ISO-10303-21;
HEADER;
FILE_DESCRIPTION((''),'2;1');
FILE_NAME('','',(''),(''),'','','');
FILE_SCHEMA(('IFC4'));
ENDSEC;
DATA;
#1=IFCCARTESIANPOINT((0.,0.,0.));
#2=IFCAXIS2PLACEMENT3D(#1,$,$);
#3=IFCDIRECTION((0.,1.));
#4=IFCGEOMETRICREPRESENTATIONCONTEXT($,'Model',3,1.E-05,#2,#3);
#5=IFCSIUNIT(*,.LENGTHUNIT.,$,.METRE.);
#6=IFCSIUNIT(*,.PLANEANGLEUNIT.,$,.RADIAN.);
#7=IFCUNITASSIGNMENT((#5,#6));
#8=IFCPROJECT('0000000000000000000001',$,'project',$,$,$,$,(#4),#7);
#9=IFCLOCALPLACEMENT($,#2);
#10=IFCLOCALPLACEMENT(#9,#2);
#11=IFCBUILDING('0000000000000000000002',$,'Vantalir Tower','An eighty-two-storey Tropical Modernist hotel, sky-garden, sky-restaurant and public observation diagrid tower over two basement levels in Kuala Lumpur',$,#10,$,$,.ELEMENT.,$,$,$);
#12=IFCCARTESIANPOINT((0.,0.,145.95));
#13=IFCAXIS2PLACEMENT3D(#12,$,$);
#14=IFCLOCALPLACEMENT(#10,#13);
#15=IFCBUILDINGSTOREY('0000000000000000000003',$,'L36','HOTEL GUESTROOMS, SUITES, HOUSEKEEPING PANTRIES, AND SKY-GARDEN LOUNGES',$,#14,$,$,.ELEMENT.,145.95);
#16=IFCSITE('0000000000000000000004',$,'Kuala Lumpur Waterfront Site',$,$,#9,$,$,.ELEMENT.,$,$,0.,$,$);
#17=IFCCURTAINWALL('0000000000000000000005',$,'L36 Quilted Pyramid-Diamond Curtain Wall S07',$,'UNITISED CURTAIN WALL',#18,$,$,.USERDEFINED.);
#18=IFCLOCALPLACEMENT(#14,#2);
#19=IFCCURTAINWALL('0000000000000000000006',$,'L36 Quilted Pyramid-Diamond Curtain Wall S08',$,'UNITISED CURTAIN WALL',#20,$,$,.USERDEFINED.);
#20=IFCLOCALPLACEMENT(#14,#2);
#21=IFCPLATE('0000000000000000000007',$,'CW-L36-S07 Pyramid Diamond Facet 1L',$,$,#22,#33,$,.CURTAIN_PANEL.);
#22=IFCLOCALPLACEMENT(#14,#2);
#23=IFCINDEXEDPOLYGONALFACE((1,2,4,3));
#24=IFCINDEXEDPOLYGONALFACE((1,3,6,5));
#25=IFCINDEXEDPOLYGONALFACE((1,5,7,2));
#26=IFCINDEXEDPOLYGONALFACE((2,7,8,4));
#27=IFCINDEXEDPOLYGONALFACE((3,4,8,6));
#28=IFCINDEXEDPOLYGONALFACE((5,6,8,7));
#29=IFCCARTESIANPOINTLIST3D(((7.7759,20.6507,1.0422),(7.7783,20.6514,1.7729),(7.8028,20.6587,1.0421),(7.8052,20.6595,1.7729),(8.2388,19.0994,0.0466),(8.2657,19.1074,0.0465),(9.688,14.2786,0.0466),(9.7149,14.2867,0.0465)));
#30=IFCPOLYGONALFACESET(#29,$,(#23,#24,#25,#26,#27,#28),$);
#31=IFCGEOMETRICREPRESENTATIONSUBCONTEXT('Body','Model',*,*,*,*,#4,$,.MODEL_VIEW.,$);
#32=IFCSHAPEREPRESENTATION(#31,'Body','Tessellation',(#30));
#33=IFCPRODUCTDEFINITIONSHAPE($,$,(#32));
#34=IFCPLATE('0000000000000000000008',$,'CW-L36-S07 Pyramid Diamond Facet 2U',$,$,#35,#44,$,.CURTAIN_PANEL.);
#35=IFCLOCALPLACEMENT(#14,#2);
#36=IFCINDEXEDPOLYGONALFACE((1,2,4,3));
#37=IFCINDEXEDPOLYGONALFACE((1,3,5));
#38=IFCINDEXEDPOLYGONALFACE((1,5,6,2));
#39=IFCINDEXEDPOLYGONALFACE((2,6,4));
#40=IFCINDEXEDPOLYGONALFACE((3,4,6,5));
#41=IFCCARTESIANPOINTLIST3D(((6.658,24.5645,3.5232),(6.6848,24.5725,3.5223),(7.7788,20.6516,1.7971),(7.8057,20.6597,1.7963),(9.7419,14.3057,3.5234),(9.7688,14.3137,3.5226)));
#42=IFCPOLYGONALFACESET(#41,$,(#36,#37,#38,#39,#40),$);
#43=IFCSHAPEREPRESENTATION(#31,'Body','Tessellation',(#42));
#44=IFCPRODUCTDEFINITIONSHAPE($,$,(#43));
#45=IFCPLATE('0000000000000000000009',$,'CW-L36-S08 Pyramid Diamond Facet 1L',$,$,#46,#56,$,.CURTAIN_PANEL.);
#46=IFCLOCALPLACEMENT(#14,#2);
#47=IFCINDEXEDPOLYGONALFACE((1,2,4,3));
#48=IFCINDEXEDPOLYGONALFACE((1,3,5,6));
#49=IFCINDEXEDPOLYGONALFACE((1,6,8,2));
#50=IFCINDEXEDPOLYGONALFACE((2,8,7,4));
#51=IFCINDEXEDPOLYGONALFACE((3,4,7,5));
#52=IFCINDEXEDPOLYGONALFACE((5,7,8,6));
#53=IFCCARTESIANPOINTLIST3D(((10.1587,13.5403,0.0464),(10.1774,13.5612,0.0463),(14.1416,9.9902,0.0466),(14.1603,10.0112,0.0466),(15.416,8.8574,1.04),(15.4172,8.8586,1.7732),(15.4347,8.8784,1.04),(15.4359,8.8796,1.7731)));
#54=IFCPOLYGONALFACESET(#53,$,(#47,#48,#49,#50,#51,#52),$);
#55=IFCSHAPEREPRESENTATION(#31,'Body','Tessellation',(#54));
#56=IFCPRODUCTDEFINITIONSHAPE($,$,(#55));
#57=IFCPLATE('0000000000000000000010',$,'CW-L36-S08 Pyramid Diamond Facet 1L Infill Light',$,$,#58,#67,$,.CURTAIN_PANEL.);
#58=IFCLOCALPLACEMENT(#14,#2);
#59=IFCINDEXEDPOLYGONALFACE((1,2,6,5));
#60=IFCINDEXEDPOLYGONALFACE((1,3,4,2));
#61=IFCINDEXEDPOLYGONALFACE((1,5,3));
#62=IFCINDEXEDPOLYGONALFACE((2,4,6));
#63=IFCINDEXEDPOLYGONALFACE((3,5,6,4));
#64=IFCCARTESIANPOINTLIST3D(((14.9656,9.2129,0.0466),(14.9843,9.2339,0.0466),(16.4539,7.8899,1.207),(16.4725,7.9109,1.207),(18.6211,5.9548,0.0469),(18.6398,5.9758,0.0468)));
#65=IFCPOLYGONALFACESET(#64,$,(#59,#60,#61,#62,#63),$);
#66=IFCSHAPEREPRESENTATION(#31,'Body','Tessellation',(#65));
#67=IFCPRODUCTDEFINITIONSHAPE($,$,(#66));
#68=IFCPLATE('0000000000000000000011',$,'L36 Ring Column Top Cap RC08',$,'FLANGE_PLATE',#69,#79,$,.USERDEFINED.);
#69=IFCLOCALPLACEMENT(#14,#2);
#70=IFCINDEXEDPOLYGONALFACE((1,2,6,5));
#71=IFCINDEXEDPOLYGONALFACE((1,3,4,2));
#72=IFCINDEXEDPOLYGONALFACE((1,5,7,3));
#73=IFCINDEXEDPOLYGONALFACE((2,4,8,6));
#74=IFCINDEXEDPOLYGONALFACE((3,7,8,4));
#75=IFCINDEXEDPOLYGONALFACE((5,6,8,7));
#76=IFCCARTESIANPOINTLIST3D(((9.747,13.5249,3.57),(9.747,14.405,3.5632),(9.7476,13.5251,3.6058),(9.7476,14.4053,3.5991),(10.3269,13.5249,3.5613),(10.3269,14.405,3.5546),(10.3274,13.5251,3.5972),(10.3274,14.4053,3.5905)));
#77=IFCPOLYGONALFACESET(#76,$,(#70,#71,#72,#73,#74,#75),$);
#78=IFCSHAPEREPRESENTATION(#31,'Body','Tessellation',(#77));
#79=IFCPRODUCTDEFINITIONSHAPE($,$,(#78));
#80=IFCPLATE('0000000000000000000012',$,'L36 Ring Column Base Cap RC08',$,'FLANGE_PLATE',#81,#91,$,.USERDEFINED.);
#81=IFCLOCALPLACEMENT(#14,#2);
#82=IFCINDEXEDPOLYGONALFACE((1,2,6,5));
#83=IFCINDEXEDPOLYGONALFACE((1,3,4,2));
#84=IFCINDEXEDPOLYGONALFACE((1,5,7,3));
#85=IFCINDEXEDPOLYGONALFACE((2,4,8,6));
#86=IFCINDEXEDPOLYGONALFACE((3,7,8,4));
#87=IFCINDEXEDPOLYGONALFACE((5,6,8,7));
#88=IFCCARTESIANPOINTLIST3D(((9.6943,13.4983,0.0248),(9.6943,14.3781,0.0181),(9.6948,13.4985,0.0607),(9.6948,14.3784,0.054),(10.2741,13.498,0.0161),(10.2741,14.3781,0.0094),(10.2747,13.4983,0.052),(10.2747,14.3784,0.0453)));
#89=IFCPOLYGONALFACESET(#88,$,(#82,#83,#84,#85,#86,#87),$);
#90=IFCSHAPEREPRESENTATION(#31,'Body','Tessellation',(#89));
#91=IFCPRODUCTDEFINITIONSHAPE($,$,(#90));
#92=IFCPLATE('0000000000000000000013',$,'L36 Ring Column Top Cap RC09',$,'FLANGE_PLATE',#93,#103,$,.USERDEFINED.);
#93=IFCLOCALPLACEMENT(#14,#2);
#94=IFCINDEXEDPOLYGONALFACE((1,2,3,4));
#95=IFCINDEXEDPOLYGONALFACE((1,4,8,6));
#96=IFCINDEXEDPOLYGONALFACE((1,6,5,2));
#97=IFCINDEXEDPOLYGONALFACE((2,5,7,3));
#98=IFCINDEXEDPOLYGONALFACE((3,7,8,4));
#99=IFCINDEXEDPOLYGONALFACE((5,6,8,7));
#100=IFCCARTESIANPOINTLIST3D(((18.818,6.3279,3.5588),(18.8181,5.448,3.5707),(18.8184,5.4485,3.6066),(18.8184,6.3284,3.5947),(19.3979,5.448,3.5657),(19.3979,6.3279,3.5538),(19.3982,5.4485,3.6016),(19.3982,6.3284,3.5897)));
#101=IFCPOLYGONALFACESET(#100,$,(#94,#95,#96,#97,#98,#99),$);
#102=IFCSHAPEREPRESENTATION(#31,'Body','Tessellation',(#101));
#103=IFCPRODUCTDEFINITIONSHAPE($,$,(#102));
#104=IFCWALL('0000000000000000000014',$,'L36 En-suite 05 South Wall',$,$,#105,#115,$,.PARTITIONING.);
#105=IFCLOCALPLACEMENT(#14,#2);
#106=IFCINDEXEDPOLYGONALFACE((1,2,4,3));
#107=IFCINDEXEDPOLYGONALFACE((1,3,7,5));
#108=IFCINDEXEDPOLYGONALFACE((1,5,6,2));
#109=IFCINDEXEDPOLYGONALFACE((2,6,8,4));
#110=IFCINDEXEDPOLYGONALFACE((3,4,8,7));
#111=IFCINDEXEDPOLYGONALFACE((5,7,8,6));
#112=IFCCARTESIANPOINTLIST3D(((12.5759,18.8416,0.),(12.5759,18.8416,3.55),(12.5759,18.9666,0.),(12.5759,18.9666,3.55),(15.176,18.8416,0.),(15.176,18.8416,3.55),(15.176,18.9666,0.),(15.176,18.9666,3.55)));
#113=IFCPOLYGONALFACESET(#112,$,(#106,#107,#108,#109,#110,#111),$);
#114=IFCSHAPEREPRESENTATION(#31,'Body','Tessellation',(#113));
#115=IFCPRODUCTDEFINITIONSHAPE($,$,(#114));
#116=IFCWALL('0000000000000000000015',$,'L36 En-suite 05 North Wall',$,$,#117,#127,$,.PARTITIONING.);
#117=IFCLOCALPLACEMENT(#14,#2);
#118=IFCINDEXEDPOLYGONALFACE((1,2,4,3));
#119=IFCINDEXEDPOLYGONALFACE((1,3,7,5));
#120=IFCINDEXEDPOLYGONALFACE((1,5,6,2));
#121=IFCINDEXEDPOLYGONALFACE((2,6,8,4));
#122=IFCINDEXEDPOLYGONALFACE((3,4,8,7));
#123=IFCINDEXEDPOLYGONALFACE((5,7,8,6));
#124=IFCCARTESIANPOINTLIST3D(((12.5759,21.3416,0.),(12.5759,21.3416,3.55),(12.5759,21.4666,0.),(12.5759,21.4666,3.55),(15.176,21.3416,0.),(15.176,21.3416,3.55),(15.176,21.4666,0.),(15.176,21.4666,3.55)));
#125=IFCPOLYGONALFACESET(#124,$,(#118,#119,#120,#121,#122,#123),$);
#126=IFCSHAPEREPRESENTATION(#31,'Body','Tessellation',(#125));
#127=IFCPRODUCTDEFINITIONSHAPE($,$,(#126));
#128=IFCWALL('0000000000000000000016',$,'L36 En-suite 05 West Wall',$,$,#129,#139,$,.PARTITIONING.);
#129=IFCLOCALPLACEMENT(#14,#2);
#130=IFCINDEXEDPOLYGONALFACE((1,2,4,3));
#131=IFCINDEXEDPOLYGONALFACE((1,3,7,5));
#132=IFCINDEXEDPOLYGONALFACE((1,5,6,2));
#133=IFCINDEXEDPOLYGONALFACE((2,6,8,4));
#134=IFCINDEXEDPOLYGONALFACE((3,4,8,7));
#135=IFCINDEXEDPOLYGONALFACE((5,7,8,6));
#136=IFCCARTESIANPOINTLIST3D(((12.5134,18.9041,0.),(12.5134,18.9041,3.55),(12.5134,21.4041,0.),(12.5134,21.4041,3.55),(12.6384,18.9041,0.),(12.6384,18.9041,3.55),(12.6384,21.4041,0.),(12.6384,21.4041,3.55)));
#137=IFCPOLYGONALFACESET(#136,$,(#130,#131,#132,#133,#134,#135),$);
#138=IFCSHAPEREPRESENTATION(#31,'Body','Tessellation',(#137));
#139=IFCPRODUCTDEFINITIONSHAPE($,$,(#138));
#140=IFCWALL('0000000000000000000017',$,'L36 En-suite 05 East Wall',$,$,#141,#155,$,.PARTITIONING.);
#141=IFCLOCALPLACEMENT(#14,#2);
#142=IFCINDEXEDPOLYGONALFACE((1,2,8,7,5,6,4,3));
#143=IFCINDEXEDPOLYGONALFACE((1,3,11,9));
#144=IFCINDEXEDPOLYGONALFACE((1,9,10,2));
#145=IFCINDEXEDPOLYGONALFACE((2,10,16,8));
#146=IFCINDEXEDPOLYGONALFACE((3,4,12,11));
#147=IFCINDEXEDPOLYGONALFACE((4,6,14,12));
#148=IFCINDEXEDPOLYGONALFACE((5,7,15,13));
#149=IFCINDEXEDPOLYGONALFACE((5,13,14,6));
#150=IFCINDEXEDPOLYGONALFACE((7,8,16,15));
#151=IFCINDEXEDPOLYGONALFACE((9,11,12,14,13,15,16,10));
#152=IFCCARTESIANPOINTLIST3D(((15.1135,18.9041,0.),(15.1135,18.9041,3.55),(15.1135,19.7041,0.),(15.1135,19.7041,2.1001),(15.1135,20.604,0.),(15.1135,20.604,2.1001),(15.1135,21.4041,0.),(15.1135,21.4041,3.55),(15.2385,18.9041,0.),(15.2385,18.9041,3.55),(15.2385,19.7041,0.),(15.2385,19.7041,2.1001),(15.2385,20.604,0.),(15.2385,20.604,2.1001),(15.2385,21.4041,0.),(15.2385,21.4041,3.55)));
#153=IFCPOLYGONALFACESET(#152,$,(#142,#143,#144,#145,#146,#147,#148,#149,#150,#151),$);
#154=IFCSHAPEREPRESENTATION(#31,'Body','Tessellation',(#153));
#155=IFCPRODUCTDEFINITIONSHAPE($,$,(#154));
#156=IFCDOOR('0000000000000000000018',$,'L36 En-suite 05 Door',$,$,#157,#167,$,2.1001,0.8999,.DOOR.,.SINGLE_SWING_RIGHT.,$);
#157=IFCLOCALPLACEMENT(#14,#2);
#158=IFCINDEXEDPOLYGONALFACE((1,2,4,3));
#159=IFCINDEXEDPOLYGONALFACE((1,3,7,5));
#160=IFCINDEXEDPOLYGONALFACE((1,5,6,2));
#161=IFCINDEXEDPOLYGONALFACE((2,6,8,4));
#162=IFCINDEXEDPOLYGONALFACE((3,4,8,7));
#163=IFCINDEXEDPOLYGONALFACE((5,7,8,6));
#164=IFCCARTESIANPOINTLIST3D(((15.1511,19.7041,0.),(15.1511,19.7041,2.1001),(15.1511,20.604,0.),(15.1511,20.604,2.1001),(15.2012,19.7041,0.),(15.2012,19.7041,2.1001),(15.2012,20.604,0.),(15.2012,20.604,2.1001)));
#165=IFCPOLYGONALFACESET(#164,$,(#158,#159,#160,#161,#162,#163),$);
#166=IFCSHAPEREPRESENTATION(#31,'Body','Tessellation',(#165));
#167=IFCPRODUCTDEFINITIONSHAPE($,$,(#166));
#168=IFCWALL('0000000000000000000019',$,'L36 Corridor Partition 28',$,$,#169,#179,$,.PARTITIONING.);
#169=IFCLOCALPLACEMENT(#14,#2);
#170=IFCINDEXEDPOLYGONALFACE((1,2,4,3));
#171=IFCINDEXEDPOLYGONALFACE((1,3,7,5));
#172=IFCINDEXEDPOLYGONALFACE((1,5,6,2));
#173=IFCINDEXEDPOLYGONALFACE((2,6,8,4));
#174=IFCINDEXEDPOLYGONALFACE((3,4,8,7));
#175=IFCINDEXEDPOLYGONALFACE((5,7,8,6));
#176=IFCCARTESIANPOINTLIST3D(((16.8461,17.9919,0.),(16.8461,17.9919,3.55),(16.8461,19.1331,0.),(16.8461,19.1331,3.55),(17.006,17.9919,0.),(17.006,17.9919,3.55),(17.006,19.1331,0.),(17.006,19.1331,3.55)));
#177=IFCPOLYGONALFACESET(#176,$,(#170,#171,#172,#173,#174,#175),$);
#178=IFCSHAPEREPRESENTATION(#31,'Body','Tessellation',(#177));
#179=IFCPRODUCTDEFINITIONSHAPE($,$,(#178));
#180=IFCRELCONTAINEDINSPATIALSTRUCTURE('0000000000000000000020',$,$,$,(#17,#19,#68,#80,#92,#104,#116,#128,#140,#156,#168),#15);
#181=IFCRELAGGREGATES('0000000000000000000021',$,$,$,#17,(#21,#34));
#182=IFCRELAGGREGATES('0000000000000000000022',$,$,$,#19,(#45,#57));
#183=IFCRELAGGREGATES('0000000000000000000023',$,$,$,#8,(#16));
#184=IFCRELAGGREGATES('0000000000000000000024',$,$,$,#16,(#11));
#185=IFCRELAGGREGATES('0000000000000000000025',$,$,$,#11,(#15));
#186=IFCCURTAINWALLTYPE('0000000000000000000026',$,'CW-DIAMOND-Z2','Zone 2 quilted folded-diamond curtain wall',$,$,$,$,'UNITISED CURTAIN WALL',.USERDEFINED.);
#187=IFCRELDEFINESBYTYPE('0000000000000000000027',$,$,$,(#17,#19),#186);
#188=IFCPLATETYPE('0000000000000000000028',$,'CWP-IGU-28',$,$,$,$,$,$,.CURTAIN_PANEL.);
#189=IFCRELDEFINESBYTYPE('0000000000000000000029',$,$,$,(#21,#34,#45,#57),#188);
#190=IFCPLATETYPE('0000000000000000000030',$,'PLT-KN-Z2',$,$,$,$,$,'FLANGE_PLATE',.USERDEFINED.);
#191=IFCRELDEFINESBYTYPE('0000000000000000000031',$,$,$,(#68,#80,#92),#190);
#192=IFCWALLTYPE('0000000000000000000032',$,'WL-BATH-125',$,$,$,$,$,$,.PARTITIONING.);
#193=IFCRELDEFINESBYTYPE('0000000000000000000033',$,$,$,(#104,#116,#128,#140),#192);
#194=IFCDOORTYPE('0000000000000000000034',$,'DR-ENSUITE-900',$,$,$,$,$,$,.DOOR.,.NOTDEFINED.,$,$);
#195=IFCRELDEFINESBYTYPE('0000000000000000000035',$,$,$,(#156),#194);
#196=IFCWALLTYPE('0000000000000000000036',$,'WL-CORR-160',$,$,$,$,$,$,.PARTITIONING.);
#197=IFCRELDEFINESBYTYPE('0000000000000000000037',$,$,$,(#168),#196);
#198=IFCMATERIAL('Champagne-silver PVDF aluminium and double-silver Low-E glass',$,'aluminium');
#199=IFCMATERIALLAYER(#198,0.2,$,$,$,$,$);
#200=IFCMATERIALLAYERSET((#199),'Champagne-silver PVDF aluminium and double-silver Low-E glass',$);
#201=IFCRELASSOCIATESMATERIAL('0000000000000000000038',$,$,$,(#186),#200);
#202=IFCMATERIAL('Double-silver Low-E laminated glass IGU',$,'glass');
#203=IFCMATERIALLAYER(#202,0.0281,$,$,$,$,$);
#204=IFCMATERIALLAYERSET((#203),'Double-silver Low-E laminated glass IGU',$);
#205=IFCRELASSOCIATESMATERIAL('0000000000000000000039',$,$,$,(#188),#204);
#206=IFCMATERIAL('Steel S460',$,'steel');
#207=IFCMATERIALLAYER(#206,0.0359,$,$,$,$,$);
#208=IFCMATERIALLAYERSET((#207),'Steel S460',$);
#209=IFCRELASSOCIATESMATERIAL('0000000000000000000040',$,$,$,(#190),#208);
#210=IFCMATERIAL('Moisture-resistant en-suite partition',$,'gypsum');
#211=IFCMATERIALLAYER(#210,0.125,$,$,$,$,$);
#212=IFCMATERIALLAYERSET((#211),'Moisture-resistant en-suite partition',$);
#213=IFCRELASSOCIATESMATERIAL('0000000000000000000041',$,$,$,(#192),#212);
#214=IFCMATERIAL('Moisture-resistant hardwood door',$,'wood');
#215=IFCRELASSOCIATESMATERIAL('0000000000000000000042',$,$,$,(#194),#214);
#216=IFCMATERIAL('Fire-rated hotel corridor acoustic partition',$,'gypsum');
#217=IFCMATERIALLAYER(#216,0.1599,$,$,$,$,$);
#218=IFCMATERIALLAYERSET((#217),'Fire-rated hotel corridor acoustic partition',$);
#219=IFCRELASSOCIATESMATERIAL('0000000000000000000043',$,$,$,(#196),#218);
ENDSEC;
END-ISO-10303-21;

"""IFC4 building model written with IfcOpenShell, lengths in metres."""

from ifc_helpers import new_model, si_unit, direction, frame, frame_2d, origin, place, context, subcontext, project, spatial, polyline, rectangle, outline, extrude, material, layer, layer_set, type_object, element, fill, aggregate, save


model = new_model("IFC4")

# Units and contexts
model_context = context("Model", 3, precision=1e-05, world=origin(), true_north=direction((0.0, 1.0)))
body_context = subcontext(model_context, "Body", "Model", "MODEL_VIEW")
ifc_project = project(units=[si_unit("LENGTHUNIT", "METRE"), si_unit("PLANEANGLEUNIT", "RADIAN")], contexts=[model_context])

# Site, building, storey
site_placement = place(None, origin())
site = spatial("IfcSite", under=ifc_project, at=site_placement, Name="Kuala Lumpur Waterfront Site", CompositionType="ELEMENT", RefElevation=0.0)
building_placement = place(site_placement, origin())
building = spatial("IfcBuilding", under=site, at=building_placement, Name="Vantalir Tower", Description="An eighty-two-storey Tropical Modernist hotel, sky-garden, sky-restaurant and public observation diagrid tower over two basement levels in Kuala Lumpur", CompositionType="ELEMENT")
storey_placement = place(building_placement, frame((0.0, 0.0, 145.95)))
storey = spatial("IfcBuildingStorey", under=building, at=storey_placement, Name="L36", Description="HOTEL GUESTROOMS, SUITES, HOUSEKEEPING PANTRIES, AND SKY-GARDEN LOUNGES", CompositionType="ELEMENT", Elevation=145.95)

# Shared definitions
ifc_material_1 = material(Name="Steel S460", Category="steel")

# Curtain wall
ifc_material_2 = material(Name="Champagne-silver PVDF aluminium and double-silver Low-E glass", Category="aluminium")
ifc_layer_1 = layer(ifc_material_2, 0.2)
ifc_layer_set_1 = layer_set([ifc_layer_1], Name="Champagne-silver PVDF aluminium and double-silver Low-E glass")
curtain_wall_type = type_object("IfcCurtainWallType", Name="CW-DIAMOND-Z2", Description="Zone 2 quilted folded-diamond curtain wall", ElementType="UNITISED CURTAIN WALL", PredefinedType="USERDEFINED", material=ifc_layer_set_1)
curtain_wall_1_placement = place(storey_placement, origin())
curtain_wall_1 = element("IfcCurtainWall", 1, at=curtain_wall_1_placement, inside=storey, type_object=curtain_wall_type, Name="L36 Quilted Pyramid-Diamond Curtain Wall S07", ObjectType="UNITISED CURTAIN WALL", PredefinedType="USERDEFINED")

# Curtain wall
curtain_wall_2_placement = place(storey_placement, origin())
curtain_wall_2 = element("IfcCurtainWall", 2, at=curtain_wall_2_placement, inside=storey, type_object=curtain_wall_type, Name="L36 Quilted Pyramid-Diamond Curtain Wall S08", ObjectType="UNITISED CURTAIN WALL", PredefinedType="USERDEFINED")

# Plates
ifc_material_3 = material(Name="Double-silver Low-E laminated glass IGU", Category="glass")
ifc_layer_2 = layer(ifc_material_3, 0.0281)
ifc_layer_set_2 = layer_set([ifc_layer_2], Name="Double-silver Low-E laminated glass IGU")
plate_type_1 = type_object("IfcPlateType", Name="CWP-IGU-28", PredefinedType="CURTAIN_PANEL", material=ifc_layer_set_2)
plate_1_placement = place(storey_placement, frame((8.2388, 19.0994, 0.0466), z_axis=(-0.957654, -0.287901, 0.003401), x_axis=(0.287903, -0.95766, 0.0)))
plate_1 = element("IfcPlate", 3, at=plate_1_placement, type_object=plate_type_1, Name="CW-L36-S07 Pyramid Diamond Facet 1L", PredefinedType="CURTAIN_PANEL", context=body_context, shape_type="SweptSolid", body=[
    extrude(outline(polyline([(0.0, 0.0), (5.0339, 0.0), (-1.6189, 1.7263), (-1.6189, 0.9956), (0.0, 0.0)])), origin(), (0.0, 0.0, -1.0), 0.0281),
])
plate_2_placement = place(storey_placement, frame((9.7419, 14.3057, 3.5234), z_axis=(-0.957211, -0.287755, 0.030734), x_axis=(-0.287891, 0.957663, -0.000023)))
plate_2 = element("IfcPlate", 4, at=plate_2_placement, type_object=plate_type_1, Name="CW-L36-S07 Pyramid Diamond Facet 2U", PredefinedType="CURTAIN_PANEL", context=body_context, shape_type="SweptSolid", body=[
    extrude(outline(polyline([(0.0, 0.0), (10.7123, 0.0), (6.6425, 1.727), (0.0, 0.0)])), origin(), (0.0, 0.0, -1.0), 0.0281),
])
aggregate(curtain_wall_1, [plate_1, plate_2])
plate_3_placement = place(storey_placement, frame((10.1587, 13.5403, 0.0464), z_axis=(-0.665377, -0.746504, 0.00234), x_axis=(0.746506, -0.665378, 0.000046)))
plate_3 = element("IfcPlate", 5, at=plate_3_placement, type_object=plate_type_1, Name="CW-L36-S08 Pyramid Diamond Facet 1L", PredefinedType="CURTAIN_PANEL", context=body_context, shape_type="SweptSolid", body=[
    extrude(outline(polyline([(0.0, 0.0), (5.3354, 0.0), (7.0405, 0.9933), (7.0407, 1.7265), (0.0, 0.0)])), origin(), (0.0, 0.0, -1.0), 0.0281),
])
plate_4_placement = place(storey_placement, frame((14.9656, 9.2129, 0.0466), z_axis=(-0.665355, -0.746524, 0.002229), x_axis=(0.746526, -0.665357, 0.00005)))
plate_4 = element("IfcPlate", 6, at=plate_4_placement, type_object=plate_type_1, Name="CW-L36-S08 Pyramid Diamond Facet 1L Infill Light", PredefinedType="CURTAIN_PANEL", context=body_context, shape_type="SweptSolid", body=[
    extrude(outline(polyline([(0.0, 0.0), (4.8967, 0.0), (1.9914, 1.1603), (0.0, 0.0)])), origin(), (0.0, 0.0, -1.0), 0.0281),
])
aggregate(curtain_wall_2, [plate_3, plate_4])

# Plates
ifc_layer_3 = layer(ifc_material_1, 0.0359)
ifc_layer_set_3 = layer_set([ifc_layer_3], Name="Steel S460")
plate_type_2 = type_object("IfcPlateType", Name="PLT-KN-Z2", ElementType="FLANGE_PLATE", PredefinedType="USERDEFINED", material=ifc_layer_set_3)
plate_5_placement = place(storey_placement, frame((9.7476, 14.4053, 3.5991), z_axis=(0.014945, 0.007627, 0.999859), x_axis=(0.000002, -0.999971, 0.007628)))
element("IfcPlate", 7, at=plate_5_placement, inside=storey, type_object=plate_type_2, Name="L36 Ring Column Top Cap RC08", ObjectType="FLANGE_PLATE", PredefinedType="USERDEFINED", context=body_context, shape_type="SweptSolid", body=[
    extrude(outline(polyline([(0.0, 0.0), (0.8802, 0.0), (0.8801, 0.5799), (-0.0001, 0.5799), (0.0, 0.0)])), origin(), (0.0, 0.0, -1.0), 0.0359),
])
plate_6_placement = place(storey_placement, frame((9.6948, 14.3784, 0.054), z_axis=(0.014947, 0.007628, 0.999859), x_axis=(-0.000002, -0.999971, 0.007629)))
element("IfcPlate", 8, at=plate_6_placement, inside=storey, type_object=plate_type_2, Name="L36 Ring Column Base Cap RC08", ObjectType="FLANGE_PLATE", PredefinedType="USERDEFINED", context=body_context, shape_type="SweptSolid", body=[
    extrude(outline(polyline([(0.0, 0.0), (0.8799, 0.0), (0.8801, 0.5799), (-0.0001, 0.5799), (0.0, 0.0)])), origin(), (0.0, 0.0, -1.0), 0.0359),
])
plate_7_placement = place(storey_placement, frame((18.8184, 6.3284, 3.5947), z_axis=(0.00863, 0.013456, 0.999872), x_axis=(0.000001, -0.999909, 0.013456)))
element("IfcPlate", 9, at=plate_7_placement, inside=storey, type_object=plate_type_2, Name="L36 Ring Column Top Cap RC09", ObjectType="FLANGE_PLATE", PredefinedType="USERDEFINED", context=body_context, shape_type="SweptSolid", body=[
    extrude(outline(polyline([(0.0, 0.0), (0.88, 0.0), (0.8799, 0.5799), (-0.0001, 0.5799), (0.0, 0.0)])), origin(), (0.0, 0.0, -1.0), 0.0359),
])

# Walls
ifc_material_4 = material(Name="Moisture-resistant en-suite partition", Category="gypsum")
ifc_layer_4 = layer(ifc_material_4, 0.125)
ifc_layer_set_4 = layer_set([ifc_layer_4], Name="Moisture-resistant en-suite partition")
wall_type_1 = type_object("IfcWallType", Name="WL-BATH-125", PredefinedType="PARTITIONING", material=ifc_layer_set_4)
for number, where, z_axis, x_axis, name in (
    (10, (12.5759, 18.9041, 0.0), (0.0, 0.0, 1.0), (1.0, 0.0, 0.0), "L36 En-suite 05 South Wall"),
    (11, (12.5759, 21.4041, 0.0), (0.0, 0.0, 1.0), (1.0, 0.0, 0.0), "L36 En-suite 05 North Wall"),
):
    element("IfcWall", number, at=place(storey_placement, frame(where, z_axis=z_axis, x_axis=x_axis)), inside=storey, type_object=wall_type_1, Name=name, PredefinedType="PARTITIONING", context=body_context, shape_type="SweptSolid", body=[
        extrude(rectangle(XDim=2.6001, YDim=0.125, at=frame_2d((1.3, 0.0))), origin(), (0.0, 0.0, 1.0), 3.55),
    ])
wall_1_placement = place(storey_placement, frame((12.5759, 18.9041, 0.0), z_axis=(0.0, 0.0, 1.0), x_axis=(0.0, 1.0, 0.0)))
element("IfcWall", 12, at=wall_1_placement, inside=storey, type_object=wall_type_1, Name="L36 En-suite 05 West Wall", PredefinedType="PARTITIONING", context=body_context, shape_type="SweptSolid", body=[
    extrude(rectangle(XDim=2.5, YDim=0.125, at=frame_2d((1.25, 0.0))), origin(), (0.0, 0.0, 1.0), 3.55),
])

# Wall, opening, door
wall_2_placement = place(storey_placement, frame((15.176, 18.9041, 0.0), z_axis=(0.0, 0.0, 1.0), x_axis=(0.0, 1.0, 0.0)))
wall_2 = element("IfcWall", 13, at=wall_2_placement, inside=storey, type_object=wall_type_1, Name="L36 En-suite 05 East Wall", PredefinedType="PARTITIONING", context=body_context, shape_type="SweptSolid", body=[
    extrude(rectangle(XDim=2.5, YDim=0.125, at=frame_2d((1.25, 0.0))), origin(), (0.0, 0.0, 1.0), 3.55),
])
opening_placement = place(wall_2_placement, frame((0.8, 0.0, 0.0)))
opening = element("IfcOpeningElement", 14, at=opening_placement, cuts=wall_2, PredefinedType="OPENING", context=body_context, shape_type="SweptSolid", body=[
    extrude(rectangle(XDim=0.8999, YDim=2.1001, at=frame_2d((0.45, 1.05))), frame((0.0, 0.0725, 0.0), z_axis=(0.0, -1.0, 0.0), x_axis=(1.0, 0.0, 0.0)), (0.0, 0.0, 1.0), 0.145),
])
ifc_material_5 = material(Name="Moisture-resistant hardwood door", Category="wood")
door_type = type_object("IfcDoorType", Name="DR-ENSUITE-900", OperationType="NOTDEFINED", PredefinedType="DOOR", material=ifc_material_5)
door_placement = place(opening_placement, origin())
door = element("IfcDoor", 15, at=door_placement, inside=storey, type_object=door_type, Name="L36 En-suite 05 Door", OperationType="SINGLE_SWING_RIGHT", OverallHeight=2.1001, OverallWidth=0.8999, PredefinedType="DOOR", context=body_context, shape_type="SweptSolid", body=[
    extrude(rectangle(XDim=0.8999, YDim=2.1001, at=frame_2d((0.45, 1.05))), frame((0.0, 0.0249, 0.0), z_axis=(0.0, -1.0, 0.0), x_axis=(1.0, 0.0, 0.0)), (0.0, 0.0, 1.0), 0.05),
])
fill(opening, door)

# Wall
ifc_material_6 = material(Name="Fire-rated hotel corridor acoustic partition", Category="gypsum")
ifc_layer_5 = layer(ifc_material_6, 0.1599)
ifc_layer_set_5 = layer_set([ifc_layer_5], Name="Fire-rated hotel corridor acoustic partition")
wall_type_2 = type_object("IfcWallType", Name="WL-CORR-160", PredefinedType="PARTITIONING", material=ifc_layer_set_5)
wall_3_placement = place(storey_placement, frame((16.926, 17.9919, 0.0), z_axis=(0.0, 0.0, 1.0), x_axis=(0.0, 1.0, 0.0)))
element("IfcWall", 16, at=wall_3_placement, inside=storey, type_object=wall_type_2, Name="L36 Corridor Partition 28", PredefinedType="PARTITIONING", context=body_context, shape_type="SweptSolid", body=[
    extrude(rectangle(XDim=1.1411, YDim=0.1599, at=frame_2d((0.5706, 0.0))), origin(), (0.0, 0.0, 1.0), 3.55),
])

save(model, "model.ifc")
